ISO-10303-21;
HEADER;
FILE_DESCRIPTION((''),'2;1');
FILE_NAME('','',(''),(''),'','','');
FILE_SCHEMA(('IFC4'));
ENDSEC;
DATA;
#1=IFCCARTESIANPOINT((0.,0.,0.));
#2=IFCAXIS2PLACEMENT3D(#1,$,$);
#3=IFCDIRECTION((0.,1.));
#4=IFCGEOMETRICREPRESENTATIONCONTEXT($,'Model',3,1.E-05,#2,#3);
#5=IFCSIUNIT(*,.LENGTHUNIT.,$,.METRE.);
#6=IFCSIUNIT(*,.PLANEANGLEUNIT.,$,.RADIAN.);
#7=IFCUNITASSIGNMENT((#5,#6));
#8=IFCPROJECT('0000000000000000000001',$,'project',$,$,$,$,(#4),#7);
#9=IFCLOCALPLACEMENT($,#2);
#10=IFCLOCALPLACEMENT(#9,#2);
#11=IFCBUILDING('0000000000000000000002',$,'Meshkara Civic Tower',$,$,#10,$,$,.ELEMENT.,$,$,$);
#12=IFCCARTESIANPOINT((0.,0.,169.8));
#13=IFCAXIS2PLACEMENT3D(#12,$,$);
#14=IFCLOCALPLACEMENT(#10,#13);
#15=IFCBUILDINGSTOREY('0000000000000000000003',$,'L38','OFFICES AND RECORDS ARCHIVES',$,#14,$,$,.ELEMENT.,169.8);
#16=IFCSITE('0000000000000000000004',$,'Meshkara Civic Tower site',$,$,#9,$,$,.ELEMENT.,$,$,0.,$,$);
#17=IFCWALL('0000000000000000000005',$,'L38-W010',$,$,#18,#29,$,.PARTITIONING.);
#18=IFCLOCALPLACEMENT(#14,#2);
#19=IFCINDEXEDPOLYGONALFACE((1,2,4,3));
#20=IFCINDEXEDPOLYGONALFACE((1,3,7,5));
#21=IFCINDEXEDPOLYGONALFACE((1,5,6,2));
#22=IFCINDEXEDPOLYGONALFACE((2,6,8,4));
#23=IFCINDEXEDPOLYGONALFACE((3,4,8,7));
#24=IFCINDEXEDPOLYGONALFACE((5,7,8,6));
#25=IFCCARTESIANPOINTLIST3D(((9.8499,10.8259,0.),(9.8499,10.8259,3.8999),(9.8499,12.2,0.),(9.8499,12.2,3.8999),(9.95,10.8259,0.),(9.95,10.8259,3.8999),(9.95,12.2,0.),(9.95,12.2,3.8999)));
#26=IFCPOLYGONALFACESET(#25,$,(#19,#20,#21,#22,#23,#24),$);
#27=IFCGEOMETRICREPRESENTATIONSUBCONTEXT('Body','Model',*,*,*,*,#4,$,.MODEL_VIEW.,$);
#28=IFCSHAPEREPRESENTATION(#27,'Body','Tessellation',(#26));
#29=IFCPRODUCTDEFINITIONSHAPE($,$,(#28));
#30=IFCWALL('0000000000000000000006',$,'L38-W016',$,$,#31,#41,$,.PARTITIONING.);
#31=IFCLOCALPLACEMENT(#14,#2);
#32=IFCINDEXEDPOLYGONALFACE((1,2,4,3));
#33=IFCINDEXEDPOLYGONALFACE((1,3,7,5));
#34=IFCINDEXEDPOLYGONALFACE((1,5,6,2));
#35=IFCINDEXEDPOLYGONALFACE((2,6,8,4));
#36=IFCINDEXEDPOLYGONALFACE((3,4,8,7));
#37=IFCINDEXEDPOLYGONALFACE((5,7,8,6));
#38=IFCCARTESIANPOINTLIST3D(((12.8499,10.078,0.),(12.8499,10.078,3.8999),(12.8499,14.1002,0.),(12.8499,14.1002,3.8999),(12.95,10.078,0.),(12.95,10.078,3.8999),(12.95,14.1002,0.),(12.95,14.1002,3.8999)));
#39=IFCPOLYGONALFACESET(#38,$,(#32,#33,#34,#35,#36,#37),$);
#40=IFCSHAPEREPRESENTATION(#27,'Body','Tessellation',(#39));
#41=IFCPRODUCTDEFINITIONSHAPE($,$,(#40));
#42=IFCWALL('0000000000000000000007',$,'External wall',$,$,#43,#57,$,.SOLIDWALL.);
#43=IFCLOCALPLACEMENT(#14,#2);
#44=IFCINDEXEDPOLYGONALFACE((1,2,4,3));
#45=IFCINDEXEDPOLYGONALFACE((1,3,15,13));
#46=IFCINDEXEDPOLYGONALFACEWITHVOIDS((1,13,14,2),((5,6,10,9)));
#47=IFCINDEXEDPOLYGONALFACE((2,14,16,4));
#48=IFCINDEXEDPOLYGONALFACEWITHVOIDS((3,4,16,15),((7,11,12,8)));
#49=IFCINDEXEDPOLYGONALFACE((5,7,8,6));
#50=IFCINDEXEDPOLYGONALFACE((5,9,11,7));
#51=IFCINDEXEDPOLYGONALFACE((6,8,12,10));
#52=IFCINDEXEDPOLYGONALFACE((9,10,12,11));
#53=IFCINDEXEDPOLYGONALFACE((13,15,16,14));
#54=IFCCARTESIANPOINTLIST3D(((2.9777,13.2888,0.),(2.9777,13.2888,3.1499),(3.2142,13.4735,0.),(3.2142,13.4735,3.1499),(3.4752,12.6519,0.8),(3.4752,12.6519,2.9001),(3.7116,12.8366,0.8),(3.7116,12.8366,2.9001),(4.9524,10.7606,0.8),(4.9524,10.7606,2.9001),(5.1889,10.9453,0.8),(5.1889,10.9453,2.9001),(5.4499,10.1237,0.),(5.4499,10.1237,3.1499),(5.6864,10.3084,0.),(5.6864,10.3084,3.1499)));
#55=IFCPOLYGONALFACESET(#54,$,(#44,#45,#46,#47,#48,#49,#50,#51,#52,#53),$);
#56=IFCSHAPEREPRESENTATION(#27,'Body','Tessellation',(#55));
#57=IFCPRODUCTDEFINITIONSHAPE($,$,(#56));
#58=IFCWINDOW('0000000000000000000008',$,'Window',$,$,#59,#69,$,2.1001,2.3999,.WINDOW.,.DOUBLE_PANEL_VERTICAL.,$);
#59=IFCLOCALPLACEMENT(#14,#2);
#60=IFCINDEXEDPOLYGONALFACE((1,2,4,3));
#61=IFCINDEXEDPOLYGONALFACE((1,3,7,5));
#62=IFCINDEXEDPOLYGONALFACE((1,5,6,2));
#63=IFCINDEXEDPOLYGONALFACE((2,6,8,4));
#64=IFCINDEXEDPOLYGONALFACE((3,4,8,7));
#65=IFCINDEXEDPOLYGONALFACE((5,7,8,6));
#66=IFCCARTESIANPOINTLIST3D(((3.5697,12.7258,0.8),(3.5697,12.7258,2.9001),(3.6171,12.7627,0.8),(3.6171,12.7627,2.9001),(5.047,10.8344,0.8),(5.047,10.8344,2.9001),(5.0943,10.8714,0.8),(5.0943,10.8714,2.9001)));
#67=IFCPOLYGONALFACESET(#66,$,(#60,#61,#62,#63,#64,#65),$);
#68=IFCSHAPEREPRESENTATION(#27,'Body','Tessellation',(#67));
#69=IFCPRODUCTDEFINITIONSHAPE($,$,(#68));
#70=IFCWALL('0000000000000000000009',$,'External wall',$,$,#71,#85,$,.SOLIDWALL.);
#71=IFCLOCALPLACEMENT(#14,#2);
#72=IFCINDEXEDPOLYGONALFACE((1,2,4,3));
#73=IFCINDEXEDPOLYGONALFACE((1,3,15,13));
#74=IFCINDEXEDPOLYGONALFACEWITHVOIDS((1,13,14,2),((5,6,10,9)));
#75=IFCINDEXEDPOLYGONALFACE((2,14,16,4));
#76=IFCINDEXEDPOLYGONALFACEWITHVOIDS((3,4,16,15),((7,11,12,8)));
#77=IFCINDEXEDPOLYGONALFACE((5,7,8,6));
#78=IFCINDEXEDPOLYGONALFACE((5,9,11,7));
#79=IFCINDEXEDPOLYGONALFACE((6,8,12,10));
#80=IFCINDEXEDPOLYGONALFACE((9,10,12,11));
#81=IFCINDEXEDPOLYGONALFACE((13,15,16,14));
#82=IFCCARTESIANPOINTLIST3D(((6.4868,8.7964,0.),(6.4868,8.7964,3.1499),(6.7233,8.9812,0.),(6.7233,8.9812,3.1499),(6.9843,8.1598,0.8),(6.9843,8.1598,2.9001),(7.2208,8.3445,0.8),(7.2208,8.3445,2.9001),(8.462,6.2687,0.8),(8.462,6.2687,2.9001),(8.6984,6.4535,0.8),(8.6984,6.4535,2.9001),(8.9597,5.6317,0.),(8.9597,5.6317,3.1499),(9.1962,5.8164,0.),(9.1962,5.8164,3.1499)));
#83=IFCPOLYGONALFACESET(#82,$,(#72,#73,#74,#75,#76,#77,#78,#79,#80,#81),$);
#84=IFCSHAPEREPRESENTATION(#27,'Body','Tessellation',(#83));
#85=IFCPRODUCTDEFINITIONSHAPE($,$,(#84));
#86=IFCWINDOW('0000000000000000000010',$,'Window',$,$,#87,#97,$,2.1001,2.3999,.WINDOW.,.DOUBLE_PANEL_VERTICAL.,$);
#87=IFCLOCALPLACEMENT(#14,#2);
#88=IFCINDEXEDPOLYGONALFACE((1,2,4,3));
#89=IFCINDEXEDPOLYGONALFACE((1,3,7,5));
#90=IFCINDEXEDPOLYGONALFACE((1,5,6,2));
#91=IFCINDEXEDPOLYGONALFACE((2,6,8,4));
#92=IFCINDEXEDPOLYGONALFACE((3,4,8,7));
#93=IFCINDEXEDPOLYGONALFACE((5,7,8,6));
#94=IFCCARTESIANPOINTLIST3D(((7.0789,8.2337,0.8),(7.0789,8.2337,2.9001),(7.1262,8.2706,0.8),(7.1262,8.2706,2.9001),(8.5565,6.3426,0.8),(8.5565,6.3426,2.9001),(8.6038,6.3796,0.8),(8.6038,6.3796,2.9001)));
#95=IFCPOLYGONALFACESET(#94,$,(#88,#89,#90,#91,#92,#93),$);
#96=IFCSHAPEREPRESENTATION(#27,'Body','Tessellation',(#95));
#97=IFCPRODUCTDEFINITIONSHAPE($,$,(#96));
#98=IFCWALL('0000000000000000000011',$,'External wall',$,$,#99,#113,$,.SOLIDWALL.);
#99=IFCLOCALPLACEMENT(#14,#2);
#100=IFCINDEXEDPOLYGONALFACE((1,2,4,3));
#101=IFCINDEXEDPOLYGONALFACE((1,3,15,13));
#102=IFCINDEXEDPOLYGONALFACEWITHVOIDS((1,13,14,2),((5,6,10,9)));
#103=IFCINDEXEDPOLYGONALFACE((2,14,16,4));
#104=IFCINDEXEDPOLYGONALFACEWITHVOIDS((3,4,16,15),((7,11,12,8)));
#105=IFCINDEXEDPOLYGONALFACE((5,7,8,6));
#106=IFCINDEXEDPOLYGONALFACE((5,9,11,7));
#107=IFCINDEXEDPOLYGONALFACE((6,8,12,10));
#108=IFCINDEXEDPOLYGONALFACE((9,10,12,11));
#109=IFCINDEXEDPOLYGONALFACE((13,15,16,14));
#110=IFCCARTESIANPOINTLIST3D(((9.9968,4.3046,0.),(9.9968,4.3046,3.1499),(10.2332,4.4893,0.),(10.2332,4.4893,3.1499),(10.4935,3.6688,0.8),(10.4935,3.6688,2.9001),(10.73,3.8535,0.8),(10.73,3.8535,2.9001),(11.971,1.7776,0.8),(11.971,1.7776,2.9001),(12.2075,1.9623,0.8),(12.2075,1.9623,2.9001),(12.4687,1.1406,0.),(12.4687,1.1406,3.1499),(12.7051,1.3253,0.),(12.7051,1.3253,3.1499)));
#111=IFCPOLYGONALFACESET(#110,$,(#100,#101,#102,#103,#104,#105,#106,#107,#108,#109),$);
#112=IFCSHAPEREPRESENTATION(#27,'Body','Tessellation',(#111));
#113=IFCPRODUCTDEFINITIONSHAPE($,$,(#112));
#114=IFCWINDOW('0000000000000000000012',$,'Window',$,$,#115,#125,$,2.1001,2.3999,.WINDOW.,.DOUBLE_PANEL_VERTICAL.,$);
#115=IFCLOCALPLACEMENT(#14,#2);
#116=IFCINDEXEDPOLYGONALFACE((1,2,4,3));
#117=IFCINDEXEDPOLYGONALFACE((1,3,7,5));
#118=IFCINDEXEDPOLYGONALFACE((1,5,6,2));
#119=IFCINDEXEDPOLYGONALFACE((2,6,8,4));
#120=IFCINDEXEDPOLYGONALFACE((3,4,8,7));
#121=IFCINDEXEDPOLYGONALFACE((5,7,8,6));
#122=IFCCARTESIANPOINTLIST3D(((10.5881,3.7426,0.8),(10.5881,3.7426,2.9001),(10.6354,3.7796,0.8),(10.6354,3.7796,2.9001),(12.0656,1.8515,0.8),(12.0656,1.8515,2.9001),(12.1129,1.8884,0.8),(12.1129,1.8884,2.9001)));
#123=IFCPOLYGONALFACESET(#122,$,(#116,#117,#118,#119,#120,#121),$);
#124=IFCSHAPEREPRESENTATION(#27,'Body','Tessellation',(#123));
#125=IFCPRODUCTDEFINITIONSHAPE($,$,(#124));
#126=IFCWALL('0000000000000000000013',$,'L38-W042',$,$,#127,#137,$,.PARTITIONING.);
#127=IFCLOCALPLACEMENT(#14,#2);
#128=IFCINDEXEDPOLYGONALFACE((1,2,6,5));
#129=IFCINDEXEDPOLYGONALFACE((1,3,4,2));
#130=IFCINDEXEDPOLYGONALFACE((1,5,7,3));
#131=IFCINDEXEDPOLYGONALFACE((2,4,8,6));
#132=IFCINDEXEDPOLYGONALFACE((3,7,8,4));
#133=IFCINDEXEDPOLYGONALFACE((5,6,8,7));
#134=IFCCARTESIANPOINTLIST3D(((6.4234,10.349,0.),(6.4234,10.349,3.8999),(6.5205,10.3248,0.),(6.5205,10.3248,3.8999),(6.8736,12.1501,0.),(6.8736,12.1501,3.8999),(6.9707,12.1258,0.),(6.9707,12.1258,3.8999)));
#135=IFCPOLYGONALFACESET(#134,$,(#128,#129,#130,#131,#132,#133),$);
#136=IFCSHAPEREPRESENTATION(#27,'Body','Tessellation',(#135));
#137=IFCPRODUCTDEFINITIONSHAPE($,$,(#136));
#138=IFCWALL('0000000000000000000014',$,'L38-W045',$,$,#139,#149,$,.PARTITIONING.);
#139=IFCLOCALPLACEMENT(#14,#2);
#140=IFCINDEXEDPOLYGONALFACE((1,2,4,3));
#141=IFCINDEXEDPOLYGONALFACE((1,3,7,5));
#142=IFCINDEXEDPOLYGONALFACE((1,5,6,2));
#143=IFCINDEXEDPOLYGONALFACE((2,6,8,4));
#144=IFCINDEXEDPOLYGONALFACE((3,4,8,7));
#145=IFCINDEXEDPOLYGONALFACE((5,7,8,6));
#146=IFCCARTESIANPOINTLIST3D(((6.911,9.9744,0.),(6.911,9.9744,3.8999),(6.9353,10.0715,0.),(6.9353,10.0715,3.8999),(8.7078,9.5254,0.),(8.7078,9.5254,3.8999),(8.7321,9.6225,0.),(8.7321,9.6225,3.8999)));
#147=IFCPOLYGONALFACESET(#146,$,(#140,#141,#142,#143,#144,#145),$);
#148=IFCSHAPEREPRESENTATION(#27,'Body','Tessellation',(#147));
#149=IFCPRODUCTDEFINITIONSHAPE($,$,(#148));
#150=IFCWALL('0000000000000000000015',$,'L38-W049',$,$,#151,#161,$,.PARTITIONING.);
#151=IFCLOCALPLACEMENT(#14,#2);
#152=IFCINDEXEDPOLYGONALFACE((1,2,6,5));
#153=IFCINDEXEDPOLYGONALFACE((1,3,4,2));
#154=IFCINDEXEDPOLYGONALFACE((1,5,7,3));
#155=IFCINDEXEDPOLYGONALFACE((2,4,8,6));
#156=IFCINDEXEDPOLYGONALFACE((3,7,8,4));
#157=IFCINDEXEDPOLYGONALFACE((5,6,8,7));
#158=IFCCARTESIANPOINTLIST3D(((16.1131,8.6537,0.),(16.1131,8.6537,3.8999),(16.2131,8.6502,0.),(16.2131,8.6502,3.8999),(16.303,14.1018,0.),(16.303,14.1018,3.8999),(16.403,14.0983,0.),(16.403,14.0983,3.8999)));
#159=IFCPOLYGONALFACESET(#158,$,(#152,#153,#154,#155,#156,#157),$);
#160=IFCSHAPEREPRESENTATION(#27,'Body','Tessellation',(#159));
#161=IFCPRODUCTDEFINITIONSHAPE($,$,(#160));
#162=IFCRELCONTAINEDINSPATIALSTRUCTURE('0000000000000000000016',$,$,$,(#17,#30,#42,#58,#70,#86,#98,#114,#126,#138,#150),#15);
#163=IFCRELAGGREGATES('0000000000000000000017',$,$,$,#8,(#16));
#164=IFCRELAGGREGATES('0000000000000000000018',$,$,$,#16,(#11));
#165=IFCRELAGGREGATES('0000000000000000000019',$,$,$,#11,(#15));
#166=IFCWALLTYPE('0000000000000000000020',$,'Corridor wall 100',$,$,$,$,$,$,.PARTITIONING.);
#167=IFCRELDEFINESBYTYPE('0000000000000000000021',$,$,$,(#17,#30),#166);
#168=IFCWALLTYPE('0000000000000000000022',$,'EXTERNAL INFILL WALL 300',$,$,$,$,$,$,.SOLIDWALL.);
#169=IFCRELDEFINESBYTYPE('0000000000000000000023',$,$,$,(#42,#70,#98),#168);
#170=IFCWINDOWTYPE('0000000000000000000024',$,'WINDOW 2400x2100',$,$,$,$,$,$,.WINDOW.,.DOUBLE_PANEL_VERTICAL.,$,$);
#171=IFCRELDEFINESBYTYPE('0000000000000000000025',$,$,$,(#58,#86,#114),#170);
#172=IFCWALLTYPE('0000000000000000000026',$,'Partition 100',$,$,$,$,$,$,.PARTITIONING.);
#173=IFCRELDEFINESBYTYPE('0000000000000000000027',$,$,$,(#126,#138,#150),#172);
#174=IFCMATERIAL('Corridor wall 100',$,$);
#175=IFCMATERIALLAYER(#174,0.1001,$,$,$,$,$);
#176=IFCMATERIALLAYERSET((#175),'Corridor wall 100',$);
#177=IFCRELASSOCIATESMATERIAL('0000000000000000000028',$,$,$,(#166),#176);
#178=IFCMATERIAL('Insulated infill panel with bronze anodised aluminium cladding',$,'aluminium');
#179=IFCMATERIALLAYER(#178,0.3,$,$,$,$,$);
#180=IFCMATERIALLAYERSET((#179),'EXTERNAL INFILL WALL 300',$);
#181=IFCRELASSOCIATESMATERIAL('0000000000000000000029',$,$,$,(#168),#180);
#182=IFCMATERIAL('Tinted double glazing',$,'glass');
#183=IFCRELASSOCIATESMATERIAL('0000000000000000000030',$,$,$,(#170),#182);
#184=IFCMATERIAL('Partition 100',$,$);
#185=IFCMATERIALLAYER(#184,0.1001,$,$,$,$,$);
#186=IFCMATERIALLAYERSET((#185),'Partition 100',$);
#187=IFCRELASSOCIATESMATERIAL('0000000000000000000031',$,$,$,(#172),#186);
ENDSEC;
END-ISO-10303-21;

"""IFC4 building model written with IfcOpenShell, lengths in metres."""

from ifc_helpers import new_model, si_unit, direction, frame, frame_2d, origin, place, context, subcontext, project, spatial, rectangle, extrude, material, layer, layer_set, type_object, element, fill, save


model = new_model("IFC4")

# Units and contexts
model_context = context("Model", 3, precision=1e-05, world=origin(), true_north=direction((0.0, 1.0)))
body_context = subcontext(model_context, "Body", "Model", "MODEL_VIEW")
ifc_project = project(units=[si_unit("LENGTHUNIT", "METRE"), si_unit("PLANEANGLEUNIT", "RADIAN")], contexts=[model_context])

# Site, building, storey
site_placement = place(None, origin())
site = spatial("IfcSite", under=ifc_project, at=site_placement, Name="Meshkara Civic Tower site", CompositionType="ELEMENT", RefElevation=0.0)
building_placement = place(site_placement, origin())
building = spatial("IfcBuilding", under=site, at=building_placement, Name="Meshkara Civic Tower", CompositionType="ELEMENT")
storey_placement = place(building_placement, frame((0.0, 0.0, 169.8)))
storey = spatial("IfcBuildingStorey", under=building, at=storey_placement, Name="L38", Description="OFFICES AND RECORDS ARCHIVES", CompositionType="ELEMENT", Elevation=169.8)

# Shared definitions
ifc_material_1 = material(Name="Corridor wall 100")
ifc_layer_1 = layer(ifc_material_1, 0.1001)
ifc_layer_set_1 = layer_set([ifc_layer_1], Name="Corridor wall 100")
wall_type_1 = type_object("IfcWallType", Name="Corridor wall 100", PredefinedType="PARTITIONING", material=ifc_layer_set_1)

# Walls
wall_1_placement = place(storey_placement, frame((9.8999, 12.2, 0.0), z_axis=(0.0, 0.0, 1.0), x_axis=(0.0, -1.0, 0.0)))
element("IfcWall", 1, at=wall_1_placement, inside=storey, type_object=wall_type_1, Name="L38-W010", PredefinedType="PARTITIONING", context=body_context, shape_type="SweptSolid", body=[
    extrude(rectangle(XDim=1.374, YDim=0.1001, at=frame_2d((0.687, 0.0))), origin(), (0.0, 0.0, 1.0), 3.8999),
])
wall_2_placement = place(storey_placement, frame((12.8999, 10.0779, 0.0), z_axis=(0.0, 0.0, 1.0), x_axis=(0.0, 1.0, 0.0)))
element("IfcWall", 2, at=wall_2_placement, inside=storey, type_object=wall_type_1, Name="L38-W016", PredefinedType="PARTITIONING", context=body_context, shape_type="SweptSolid", body=[
    extrude(rectangle(XDim=4.0222, YDim=0.1001, at=frame_2d((2.0112, 0.0))), origin(), (0.0, 0.0, 1.0), 3.8999),
])

# Walls, openings, windows
ifc_material_2 = material(Name="Insulated infill panel with bronze anodised aluminium cladding", Category="aluminium")
ifc_layer_2 = layer(ifc_material_2, 0.3)
ifc_layer_set_2 = layer_set([ifc_layer_2], Name="EXTERNAL INFILL WALL 300")
wall_type_2 = type_object("IfcWallType", Name="EXTERNAL INFILL WALL 300", PredefinedType="SOLIDWALL", material=ifc_layer_set_2)
wall_3_placement = place(storey_placement, frame((3.0959, 13.3811, 0.0), z_axis=(0.0, 0.0, 1.0), x_axis=(0.615564, -0.788087, 0.0)))
wall_3 = element("IfcWall", 3, at=wall_3_placement, inside=storey, type_object=wall_type_2, Name="External wall", PredefinedType="SOLIDWALL", context=body_context, shape_type="SweptSolid", body=[
    extrude(rectangle(XDim=4.0161, YDim=0.3, at=frame_2d((2.0081, 0.0))), origin(), (0.0, 0.0, 1.0), 3.1499),
])
opening_1_placement = place(wall_3_placement, frame((0.8081, 0.0, 0.8)))
opening_1 = element("IfcOpeningElement", 4, at=opening_1_placement, cuts=wall_3, PredefinedType="OPENING", context=body_context, shape_type="SweptSolid", body=[
    extrude(rectangle(XDim=2.3999, YDim=2.1001, at=frame_2d((1.2, 1.05))), frame((0.0, 0.1599, 0.0), z_axis=(0.0, -1.0, 0.0), x_axis=(1.0, 0.0, 0.0)), (0.0, 0.0, 1.0), 0.3201),
])
ifc_material_3 = material(Name="Tinted double glazing", Category="glass")
window_type = type_object("IfcWindowType", Name="WINDOW 2400x2100", PartitioningType="DOUBLE_PANEL_VERTICAL", PredefinedType="WINDOW", material=ifc_material_3)
window_1_placement = place(opening_1_placement, origin())
window_1 = element("IfcWindow", 5, at=window_1_placement, inside=storey, type_object=window_type, Name="Window", OverallHeight=2.1001, OverallWidth=2.3999, PartitioningType="DOUBLE_PANEL_VERTICAL", PredefinedType="WINDOW", context=body_context, shape_type="SweptSolid", body=[
    extrude(rectangle(XDim=2.3999, YDim=2.1001, at=frame_2d((1.2, 1.05))), frame((0.0, 0.03, 0.0), z_axis=(0.0, -1.0, 0.0), x_axis=(1.0, 0.0, 0.0)), (0.0, 0.0, 1.0), 0.0601),
])
fill(opening_1, window_1)
wall_4_placement = place(storey_placement, frame((6.605, 8.8889, 0.0), z_axis=(0.0, 0.0, 1.0), x_axis=(0.615707, -0.787976, 0.0)))
wall_4 = element("IfcWall", 6, at=wall_4_placement, inside=storey, type_object=wall_type_2, Name="External wall", PredefinedType="SOLIDWALL", context=body_context, shape_type="SweptSolid", body=[
    extrude(rectangle(XDim=4.0164, YDim=0.3, at=frame_2d((2.0083, 0.0))), origin(), (0.0, 0.0, 1.0), 3.1499),
])
opening_2_placement = place(wall_4_placement, frame((0.8081, 0.0, 0.8)))
opening_2 = element("IfcOpeningElement", 7, at=opening_2_placement, cuts=wall_4, PredefinedType="OPENING", context=body_context, shape_type="SweptSolid", body=[
    extrude(rectangle(XDim=2.3999, YDim=2.1001, at=frame_2d((1.2, 1.05))), frame((0.0, 0.1599, 0.0), z_axis=(0.0, -1.0, 0.0), x_axis=(1.0, 0.0, 0.0)), (0.0, 0.0, 1.0), 0.3201),
])
window_2_placement = place(opening_2_placement, origin())
window_2 = element("IfcWindow", 8, at=window_2_placement, inside=storey, type_object=window_type, Name="Window", OverallHeight=2.1001, OverallWidth=2.3999, PartitioningType="DOUBLE_PANEL_VERTICAL", PredefinedType="WINDOW", context=body_context, shape_type="SweptSolid", body=[
    extrude(rectangle(XDim=2.3999, YDim=2.1001, at=frame_2d((1.2, 1.05))), frame((0.0, 0.03, 0.0), z_axis=(0.0, -1.0, 0.0), x_axis=(1.0, 0.0, 0.0)), (0.0, 0.0, 1.0), 0.0601),
])
fill(opening_2, window_2)
wall_5_placement = place(storey_placement, frame((10.115, 4.397, 0.0), z_axis=(0.0, 0.0, 1.0), x_axis=(0.615644, -0.788024, 0.0)))
wall_5 = element("IfcWall", 9, at=wall_5_placement, inside=storey, type_object=wall_type_2, Name="External wall", PredefinedType="SOLIDWALL", context=body_context, shape_type="SweptSolid", body=[
    extrude(rectangle(XDim=4.0151, YDim=0.3, at=frame_2d((2.0076, 0.0))), origin(), (0.0, 0.0, 1.0), 3.1499),
])
opening_3_placement = place(wall_5_placement, frame((0.8069, 0.0, 0.8)))
opening_3 = element("IfcOpeningElement", 10, at=opening_3_placement, cuts=wall_5, PredefinedType="OPENING", context=body_context, shape_type="SweptSolid", body=[
    extrude(rectangle(XDim=2.3999, YDim=2.1001, at=frame_2d((1.2, 1.05))), frame((0.0, 0.1599, 0.0), z_axis=(0.0, -1.0, 0.0), x_axis=(1.0, 0.0, 0.0)), (0.0, 0.0, 1.0), 0.3201),
])
window_3_placement = place(opening_3_placement, origin())
window_3 = element("IfcWindow", 11, at=window_3_placement, inside=storey, type_object=window_type, Name="Window", OverallHeight=2.1001, OverallWidth=2.3999, PartitioningType="DOUBLE_PANEL_VERTICAL", PredefinedType="WINDOW", context=body_context, shape_type="SweptSolid", body=[
    extrude(rectangle(XDim=2.3999, YDim=2.1001, at=frame_2d((1.2, 1.05))), frame((0.0, 0.03, 0.0), z_axis=(0.0, -1.0, 0.0), x_axis=(1.0, 0.0, 0.0)), (0.0, 0.0, 1.0), 0.0601),
])
fill(opening_3, window_3)

# Walls
ifc_material_4 = material(Name="Partition 100")
ifc_layer_3 = layer(ifc_material_4, 0.1001)
ifc_layer_set_3 = layer_set([ifc_layer_3], Name="Partition 100")
wall_type_3 = type_object("IfcWallType", Name="Partition 100", PredefinedType="PARTITIONING", material=ifc_layer_set_3)
wall_6_placement = place(storey_placement, frame((6.9221, 12.1379, 0.0), z_axis=(0.0, 0.0, 1.0), x_axis=(-0.242505, -0.97015, 0.0)))
element("IfcWall", 12, at=wall_6_placement, inside=storey, type_object=wall_type_3, Name="L38-W042", PredefinedType="PARTITIONING", context=body_context, shape_type="SweptSolid", body=[
    extrude(rectangle(XDim=1.8564, YDim=0.1001, at=frame_2d((0.9282, 0.0))), origin(), (0.0, 0.0, 1.0), 3.8999),
])
wall_7_placement = place(storey_placement, frame((8.72, 9.574, 0.0), z_axis=(0.0, 0.0, 1.0), x_axis=(-0.970174, 0.242412, 0.0)))
element("IfcWall", 13, at=wall_7_placement, inside=storey, type_object=wall_type_3, Name="L38-W045", PredefinedType="PARTITIONING", context=body_context, shape_type="SweptSolid", body=[
    extrude(rectangle(XDim=1.8521, YDim=0.1001, at=frame_2d((0.926, 0.0))), origin(), (0.0, 0.0, 1.0), 3.8999),
])
wall_8_placement = place(storey_placement, frame((16.1631, 8.6521, 0.0), z_axis=(0.0, 0.0, 1.0), x_axis=(0.034843, 0.999393, 0.0)))
element("IfcWall", 14, at=wall_8_placement, inside=storey, type_object=wall_type_3, Name="L38-W049", PredefinedType="PARTITIONING", context=body_context, shape_type="SweptSolid", body=[
    extrude(rectangle(XDim=5.4514, YDim=0.1001, at=frame_2d((2.7256, 0.0))), origin(), (0.0, 0.0, 1.0), 3.8999),
])

save(model, "model.ifc")
